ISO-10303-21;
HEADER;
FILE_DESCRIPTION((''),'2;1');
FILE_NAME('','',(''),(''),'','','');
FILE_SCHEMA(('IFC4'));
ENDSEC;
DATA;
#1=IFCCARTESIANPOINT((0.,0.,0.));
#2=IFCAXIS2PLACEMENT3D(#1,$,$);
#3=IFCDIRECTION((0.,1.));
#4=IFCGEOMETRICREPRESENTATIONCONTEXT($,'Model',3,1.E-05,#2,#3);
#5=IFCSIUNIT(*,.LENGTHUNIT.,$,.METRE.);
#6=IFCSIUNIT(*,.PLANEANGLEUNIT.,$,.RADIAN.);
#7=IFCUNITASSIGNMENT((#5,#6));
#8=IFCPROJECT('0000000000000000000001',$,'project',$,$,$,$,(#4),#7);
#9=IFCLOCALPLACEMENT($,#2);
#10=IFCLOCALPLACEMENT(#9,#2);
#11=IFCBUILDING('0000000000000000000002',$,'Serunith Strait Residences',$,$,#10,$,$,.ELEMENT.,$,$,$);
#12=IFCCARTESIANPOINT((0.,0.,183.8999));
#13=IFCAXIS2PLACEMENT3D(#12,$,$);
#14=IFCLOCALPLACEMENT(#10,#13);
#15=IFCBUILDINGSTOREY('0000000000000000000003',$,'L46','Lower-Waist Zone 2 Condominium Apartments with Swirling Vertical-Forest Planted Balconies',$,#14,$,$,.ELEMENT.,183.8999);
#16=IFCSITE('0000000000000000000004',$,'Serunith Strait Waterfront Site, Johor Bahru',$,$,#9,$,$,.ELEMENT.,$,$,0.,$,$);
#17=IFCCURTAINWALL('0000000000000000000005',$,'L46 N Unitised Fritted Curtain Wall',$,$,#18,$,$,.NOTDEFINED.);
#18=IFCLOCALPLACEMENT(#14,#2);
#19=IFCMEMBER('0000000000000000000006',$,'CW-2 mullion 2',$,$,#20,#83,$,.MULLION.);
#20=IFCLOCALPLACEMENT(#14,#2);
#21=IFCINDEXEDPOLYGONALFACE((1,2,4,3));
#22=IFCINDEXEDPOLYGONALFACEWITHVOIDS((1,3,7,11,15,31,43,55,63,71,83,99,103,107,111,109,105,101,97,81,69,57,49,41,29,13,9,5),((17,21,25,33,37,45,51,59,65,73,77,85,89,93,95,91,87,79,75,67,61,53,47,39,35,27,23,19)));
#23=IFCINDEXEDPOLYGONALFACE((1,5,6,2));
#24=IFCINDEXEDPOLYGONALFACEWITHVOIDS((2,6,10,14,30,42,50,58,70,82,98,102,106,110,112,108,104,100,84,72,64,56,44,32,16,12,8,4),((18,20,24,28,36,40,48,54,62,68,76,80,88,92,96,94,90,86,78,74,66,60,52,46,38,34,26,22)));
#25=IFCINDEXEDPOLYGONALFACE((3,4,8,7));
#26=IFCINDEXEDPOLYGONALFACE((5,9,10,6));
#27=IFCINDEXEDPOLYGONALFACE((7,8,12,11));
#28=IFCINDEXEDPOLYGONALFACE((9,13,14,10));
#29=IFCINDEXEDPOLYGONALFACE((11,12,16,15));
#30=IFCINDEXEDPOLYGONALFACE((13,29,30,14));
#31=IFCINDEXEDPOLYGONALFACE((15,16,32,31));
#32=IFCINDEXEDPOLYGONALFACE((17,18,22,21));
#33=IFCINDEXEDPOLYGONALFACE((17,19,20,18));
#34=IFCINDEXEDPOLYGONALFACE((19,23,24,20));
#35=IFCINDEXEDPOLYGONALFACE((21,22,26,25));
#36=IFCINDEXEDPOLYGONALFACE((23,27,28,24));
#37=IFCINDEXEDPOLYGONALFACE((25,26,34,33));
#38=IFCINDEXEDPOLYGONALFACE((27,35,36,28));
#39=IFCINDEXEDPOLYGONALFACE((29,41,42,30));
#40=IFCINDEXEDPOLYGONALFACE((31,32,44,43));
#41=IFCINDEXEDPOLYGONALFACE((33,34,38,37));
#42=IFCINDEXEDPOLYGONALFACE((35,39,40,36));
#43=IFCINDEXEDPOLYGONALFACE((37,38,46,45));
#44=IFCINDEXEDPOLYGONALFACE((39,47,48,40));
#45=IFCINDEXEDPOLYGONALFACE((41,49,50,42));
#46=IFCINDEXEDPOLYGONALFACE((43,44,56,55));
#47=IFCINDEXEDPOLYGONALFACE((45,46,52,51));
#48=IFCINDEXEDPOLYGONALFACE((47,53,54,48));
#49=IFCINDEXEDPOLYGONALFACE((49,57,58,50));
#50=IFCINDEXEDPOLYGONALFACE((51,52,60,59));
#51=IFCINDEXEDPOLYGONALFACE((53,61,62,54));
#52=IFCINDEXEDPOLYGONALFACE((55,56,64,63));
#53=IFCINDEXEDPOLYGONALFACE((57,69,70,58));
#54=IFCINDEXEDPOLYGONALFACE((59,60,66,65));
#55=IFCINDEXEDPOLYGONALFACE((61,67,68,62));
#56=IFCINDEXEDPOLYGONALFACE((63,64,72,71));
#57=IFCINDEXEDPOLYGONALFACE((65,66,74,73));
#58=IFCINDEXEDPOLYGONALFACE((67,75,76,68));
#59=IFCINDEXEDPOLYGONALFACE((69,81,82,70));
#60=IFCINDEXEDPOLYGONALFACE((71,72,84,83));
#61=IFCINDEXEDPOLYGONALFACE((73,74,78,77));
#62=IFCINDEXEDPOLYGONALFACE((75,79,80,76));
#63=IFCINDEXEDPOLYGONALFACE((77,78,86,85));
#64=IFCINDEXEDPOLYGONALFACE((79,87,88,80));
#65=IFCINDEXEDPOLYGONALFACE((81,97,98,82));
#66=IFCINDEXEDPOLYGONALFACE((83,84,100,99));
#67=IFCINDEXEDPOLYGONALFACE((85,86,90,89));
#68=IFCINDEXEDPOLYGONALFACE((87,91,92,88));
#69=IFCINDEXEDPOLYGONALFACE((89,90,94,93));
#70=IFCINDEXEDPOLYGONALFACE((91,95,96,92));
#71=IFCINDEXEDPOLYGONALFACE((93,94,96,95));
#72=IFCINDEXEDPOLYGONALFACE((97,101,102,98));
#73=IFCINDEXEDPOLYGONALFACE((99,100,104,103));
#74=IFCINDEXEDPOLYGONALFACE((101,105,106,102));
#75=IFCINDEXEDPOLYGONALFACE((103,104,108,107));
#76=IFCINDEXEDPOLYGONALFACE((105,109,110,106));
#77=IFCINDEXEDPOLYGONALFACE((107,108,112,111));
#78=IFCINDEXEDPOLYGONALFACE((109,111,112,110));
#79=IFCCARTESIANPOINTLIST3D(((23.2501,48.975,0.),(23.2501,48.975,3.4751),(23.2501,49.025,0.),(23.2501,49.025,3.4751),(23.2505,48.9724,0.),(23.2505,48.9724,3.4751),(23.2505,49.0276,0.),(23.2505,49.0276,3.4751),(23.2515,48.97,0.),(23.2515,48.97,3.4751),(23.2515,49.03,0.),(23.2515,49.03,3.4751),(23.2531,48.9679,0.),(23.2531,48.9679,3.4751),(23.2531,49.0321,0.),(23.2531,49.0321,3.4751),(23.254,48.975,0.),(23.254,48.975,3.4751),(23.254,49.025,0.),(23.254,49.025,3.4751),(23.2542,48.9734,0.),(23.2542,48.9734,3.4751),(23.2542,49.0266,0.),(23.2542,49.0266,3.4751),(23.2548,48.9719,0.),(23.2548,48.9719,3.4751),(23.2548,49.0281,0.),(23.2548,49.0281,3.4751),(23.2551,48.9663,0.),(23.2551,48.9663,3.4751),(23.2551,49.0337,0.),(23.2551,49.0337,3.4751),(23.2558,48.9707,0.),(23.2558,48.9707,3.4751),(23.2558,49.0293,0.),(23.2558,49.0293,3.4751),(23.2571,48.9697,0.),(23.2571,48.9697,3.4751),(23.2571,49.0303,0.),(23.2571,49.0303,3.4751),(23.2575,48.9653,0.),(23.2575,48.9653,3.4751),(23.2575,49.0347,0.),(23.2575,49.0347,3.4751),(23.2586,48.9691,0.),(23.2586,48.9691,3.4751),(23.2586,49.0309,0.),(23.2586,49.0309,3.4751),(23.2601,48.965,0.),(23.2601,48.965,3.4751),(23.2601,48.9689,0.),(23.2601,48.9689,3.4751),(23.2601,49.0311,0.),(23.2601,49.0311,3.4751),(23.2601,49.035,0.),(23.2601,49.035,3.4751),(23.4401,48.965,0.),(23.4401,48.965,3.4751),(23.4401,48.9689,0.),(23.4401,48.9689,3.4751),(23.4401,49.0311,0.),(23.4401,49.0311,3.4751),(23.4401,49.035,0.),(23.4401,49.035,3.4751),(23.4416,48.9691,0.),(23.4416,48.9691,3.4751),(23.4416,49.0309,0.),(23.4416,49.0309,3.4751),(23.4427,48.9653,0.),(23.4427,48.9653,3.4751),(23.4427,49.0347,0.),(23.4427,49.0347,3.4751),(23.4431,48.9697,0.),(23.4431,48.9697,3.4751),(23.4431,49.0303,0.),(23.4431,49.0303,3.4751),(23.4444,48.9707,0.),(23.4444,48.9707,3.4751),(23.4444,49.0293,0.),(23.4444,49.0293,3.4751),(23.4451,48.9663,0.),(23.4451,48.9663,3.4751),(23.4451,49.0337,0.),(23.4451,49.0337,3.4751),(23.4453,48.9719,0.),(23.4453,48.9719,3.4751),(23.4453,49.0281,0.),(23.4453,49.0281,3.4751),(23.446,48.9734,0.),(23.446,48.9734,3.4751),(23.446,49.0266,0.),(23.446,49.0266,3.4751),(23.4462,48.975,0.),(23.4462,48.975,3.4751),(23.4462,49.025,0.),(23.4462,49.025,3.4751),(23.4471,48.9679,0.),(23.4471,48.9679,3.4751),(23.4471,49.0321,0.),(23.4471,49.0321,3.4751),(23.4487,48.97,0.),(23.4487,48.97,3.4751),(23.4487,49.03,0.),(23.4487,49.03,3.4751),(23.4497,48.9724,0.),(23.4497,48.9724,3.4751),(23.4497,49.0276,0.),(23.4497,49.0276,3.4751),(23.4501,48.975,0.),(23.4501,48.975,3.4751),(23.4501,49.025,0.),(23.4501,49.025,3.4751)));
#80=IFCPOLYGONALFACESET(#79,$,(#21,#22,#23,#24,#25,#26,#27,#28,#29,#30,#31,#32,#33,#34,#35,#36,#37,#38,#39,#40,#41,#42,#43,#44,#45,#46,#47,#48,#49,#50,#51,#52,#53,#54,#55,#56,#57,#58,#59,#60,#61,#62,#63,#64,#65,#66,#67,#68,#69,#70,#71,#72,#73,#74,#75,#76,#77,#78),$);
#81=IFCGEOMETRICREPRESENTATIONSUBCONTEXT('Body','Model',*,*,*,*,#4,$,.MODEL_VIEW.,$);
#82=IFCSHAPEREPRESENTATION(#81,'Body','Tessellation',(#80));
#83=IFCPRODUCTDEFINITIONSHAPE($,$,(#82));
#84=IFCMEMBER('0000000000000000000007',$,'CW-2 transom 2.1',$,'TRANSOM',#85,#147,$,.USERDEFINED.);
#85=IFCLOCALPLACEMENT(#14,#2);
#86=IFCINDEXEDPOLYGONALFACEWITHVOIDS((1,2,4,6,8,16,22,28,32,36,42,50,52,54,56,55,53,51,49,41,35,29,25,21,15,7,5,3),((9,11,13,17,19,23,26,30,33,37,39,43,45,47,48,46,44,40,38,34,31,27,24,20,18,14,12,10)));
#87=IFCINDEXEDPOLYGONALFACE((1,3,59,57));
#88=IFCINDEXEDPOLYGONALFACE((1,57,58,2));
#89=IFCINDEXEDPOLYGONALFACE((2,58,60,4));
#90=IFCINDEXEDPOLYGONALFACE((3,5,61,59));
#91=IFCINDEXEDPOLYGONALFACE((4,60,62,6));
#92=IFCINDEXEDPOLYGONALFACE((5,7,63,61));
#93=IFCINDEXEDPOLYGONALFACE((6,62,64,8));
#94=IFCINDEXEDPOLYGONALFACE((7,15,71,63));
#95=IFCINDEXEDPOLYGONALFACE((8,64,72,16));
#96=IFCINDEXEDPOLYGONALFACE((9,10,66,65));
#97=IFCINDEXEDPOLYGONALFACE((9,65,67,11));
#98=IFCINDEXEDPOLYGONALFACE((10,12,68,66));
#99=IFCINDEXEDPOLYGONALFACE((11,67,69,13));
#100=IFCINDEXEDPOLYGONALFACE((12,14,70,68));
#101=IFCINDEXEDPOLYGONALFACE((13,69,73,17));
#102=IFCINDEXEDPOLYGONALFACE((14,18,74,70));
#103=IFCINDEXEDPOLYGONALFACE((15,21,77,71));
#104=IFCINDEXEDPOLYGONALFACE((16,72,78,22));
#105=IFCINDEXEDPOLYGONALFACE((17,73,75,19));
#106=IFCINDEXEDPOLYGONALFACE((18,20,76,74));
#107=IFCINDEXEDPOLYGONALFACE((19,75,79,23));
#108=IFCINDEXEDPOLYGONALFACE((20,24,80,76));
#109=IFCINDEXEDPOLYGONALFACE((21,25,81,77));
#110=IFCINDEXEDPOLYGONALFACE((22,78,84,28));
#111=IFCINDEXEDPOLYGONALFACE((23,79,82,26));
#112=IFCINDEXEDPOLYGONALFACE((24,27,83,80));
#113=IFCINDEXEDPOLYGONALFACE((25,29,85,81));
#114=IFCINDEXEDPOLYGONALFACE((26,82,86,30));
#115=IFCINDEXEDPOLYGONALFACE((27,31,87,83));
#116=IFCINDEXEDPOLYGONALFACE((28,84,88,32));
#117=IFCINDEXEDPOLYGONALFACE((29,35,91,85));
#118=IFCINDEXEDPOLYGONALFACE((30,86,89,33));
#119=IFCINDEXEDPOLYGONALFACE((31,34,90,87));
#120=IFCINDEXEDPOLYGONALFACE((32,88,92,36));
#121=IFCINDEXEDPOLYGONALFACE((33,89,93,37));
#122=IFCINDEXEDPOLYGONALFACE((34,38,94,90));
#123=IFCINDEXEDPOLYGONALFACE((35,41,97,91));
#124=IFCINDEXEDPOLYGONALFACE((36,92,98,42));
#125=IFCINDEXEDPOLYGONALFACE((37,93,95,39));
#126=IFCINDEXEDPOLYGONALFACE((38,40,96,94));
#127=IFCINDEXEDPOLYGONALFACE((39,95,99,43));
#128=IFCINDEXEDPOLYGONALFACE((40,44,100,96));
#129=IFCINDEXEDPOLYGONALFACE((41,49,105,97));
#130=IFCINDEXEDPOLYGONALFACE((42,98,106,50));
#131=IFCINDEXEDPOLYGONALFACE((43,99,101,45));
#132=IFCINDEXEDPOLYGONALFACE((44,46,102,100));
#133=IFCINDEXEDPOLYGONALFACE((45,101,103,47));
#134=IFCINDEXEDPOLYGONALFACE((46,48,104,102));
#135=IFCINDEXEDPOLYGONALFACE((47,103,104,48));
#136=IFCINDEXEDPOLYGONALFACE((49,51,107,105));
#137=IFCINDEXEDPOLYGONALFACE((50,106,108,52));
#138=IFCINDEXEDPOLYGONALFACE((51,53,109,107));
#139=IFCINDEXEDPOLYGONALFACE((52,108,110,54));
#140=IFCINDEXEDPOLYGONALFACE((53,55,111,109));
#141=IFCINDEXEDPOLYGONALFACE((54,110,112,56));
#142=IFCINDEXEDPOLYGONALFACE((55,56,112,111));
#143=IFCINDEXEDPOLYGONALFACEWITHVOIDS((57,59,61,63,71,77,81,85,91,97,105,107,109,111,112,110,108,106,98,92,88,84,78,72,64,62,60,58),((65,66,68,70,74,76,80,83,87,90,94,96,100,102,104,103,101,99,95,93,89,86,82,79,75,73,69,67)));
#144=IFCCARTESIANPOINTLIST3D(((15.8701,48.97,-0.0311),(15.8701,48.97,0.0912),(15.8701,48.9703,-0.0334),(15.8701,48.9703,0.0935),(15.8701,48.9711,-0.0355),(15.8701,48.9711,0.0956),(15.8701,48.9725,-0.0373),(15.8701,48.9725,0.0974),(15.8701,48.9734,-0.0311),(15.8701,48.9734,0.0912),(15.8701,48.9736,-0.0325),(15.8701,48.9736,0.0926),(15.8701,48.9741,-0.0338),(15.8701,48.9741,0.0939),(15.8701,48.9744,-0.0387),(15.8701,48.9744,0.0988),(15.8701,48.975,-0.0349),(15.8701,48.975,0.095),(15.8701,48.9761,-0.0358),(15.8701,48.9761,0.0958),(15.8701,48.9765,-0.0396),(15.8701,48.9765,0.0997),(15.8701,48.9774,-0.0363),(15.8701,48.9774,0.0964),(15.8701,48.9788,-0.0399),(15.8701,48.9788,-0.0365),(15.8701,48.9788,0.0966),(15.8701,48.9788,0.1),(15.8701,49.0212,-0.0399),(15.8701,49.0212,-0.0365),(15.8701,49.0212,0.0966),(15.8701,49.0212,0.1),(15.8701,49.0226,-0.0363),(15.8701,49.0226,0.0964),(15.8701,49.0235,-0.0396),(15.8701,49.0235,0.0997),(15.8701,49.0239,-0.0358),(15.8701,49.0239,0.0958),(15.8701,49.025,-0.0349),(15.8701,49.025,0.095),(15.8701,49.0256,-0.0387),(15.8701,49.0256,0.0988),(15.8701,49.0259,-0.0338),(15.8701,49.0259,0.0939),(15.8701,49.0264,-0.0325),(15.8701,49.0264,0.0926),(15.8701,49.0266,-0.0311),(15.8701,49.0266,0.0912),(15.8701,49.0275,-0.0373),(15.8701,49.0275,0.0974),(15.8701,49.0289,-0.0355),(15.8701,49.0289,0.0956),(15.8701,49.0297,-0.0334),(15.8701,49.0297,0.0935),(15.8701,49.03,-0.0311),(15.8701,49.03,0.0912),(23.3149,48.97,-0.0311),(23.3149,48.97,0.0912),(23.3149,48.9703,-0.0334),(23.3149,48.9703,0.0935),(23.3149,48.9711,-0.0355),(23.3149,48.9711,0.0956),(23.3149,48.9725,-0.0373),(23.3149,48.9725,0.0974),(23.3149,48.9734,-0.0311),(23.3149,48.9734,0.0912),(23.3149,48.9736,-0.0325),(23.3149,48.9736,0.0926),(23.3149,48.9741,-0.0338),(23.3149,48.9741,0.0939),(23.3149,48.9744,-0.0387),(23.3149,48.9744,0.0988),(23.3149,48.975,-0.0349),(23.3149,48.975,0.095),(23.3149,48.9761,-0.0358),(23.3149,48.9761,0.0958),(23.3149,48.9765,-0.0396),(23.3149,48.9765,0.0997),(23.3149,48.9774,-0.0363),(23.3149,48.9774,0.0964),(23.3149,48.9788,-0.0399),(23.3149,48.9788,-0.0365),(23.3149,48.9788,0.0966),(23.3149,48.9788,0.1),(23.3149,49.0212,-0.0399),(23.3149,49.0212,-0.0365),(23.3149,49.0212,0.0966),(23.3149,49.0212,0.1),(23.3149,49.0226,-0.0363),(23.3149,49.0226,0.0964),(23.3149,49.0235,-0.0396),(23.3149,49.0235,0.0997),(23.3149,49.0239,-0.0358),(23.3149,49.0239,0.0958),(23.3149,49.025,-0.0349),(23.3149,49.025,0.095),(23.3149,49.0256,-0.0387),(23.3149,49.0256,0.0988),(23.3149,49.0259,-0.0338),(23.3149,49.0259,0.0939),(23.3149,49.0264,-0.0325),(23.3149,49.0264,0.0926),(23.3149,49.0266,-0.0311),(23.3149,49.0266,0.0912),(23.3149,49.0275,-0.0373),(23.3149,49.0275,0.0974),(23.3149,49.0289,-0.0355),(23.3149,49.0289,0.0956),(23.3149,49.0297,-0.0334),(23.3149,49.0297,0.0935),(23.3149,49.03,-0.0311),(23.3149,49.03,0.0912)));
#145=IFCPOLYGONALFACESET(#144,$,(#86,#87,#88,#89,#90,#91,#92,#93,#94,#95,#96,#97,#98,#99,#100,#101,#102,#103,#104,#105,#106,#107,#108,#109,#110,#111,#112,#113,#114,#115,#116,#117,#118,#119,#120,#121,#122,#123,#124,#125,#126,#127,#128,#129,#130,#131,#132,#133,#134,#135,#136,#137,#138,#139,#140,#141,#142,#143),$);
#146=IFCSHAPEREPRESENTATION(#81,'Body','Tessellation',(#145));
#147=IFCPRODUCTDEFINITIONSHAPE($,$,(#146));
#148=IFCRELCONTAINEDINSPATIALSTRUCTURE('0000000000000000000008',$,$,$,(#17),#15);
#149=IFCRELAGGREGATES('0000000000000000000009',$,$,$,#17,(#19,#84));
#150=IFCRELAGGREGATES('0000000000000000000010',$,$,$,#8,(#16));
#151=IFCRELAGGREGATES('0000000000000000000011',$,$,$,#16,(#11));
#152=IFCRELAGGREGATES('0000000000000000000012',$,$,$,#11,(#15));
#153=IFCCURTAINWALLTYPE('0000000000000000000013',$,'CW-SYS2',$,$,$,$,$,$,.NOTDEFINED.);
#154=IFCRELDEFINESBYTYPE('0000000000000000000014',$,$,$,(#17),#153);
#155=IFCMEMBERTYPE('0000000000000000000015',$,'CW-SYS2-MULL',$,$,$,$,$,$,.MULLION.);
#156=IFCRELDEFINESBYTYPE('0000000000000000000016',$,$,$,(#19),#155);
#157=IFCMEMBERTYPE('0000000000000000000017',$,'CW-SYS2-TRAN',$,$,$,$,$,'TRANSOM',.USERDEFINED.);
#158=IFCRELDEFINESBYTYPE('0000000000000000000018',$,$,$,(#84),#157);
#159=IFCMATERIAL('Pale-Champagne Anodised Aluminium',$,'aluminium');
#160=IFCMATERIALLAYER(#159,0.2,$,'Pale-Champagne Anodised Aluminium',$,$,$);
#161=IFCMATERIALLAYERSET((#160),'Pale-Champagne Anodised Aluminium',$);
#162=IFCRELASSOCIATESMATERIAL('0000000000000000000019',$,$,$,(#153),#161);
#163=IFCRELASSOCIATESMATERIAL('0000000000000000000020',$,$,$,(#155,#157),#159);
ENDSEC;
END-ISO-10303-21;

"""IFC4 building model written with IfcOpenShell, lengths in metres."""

from ifc_helpers import new_model, si_unit, direction, frame, origin, origin_2d, place, context, subcontext, project, spatial, hollow_rectangle, extrude, source, transform, mapped, material, layer, layer_set, material_profile, profile_set, type_object, element, aggregate, save


model = new_model("IFC4")

# Units and contexts
model_context = context("Model", 3, precision=1e-05, world=origin(), true_north=direction((0.0, 1.0)))
body_context = subcontext(model_context, "Body", "Model", "MODEL_VIEW")
ifc_project = project(units=[si_unit("LENGTHUNIT", "METRE"), si_unit("PLANEANGLEUNIT", "RADIAN")], contexts=[model_context])

# Site, building, storey
site_placement = place(None, origin())
site = spatial("IfcSite", under=ifc_project, at=site_placement, Name="Serunith Strait Waterfront Site, Johor Bahru", CompositionType="ELEMENT", RefElevation=0.0)
building_placement = place(site_placement, origin())
building = spatial("IfcBuilding", under=site, at=building_placement, Name="Serunith Strait Residences", CompositionType="ELEMENT")
storey_placement = place(building_placement, frame((0.0, 0.0, 183.8999)))
storey = spatial("IfcBuildingStorey", under=building, at=storey_placement, Name="L46", Description="Lower-Waist Zone 2 Condominium Apartments with Swirling Vertical-Forest Planted Balconies", CompositionType="ELEMENT", Elevation=183.8999)

# Curtain wall, members
ifc_material_1 = material(Name="Pale-Champagne Anodised Aluminium", Category="aluminium")
ifc_layer_1 = layer(ifc_material_1, 0.2, Name="Pale-Champagne Anodised Aluminium")
ifc_layer_set_1 = layer_set([ifc_layer_1], Name="Pale-Champagne Anodised Aluminium")
curtain_wall_type = type_object("IfcCurtainWallType", Name="CW-SYS2", PredefinedType="NOTDEFINED", material=ifc_layer_set_1)
curtain_wall_placement = place(storey_placement, origin())
curtain_wall = element("IfcCurtainWall", 1, at=curtain_wall_placement, inside=storey, type_object=curtain_wall_type, Name="L46 N Unitised Fritted Curtain Wall", PredefinedType="NOTDEFINED")
ifc_material_profile_1 = material_profile(ifc_material_1, hollow_rectangle(XDim=0.0701, YDim=0.2, WallThickness=0.0039, InnerFilletRadius=0.0061, OuterFilletRadius=0.01, at=origin_2d()), Name="ALU 200x70x4")
ifc_profile_set_1 = profile_set([ifc_material_profile_1], Name="Pale-Champagne Anodised Aluminium")
member_type_1 = type_object("IfcMemberType", Name="CW-SYS2-MULL", PredefinedType="MULLION", material=ifc_profile_set_1)
shared_shape_1 = source(origin(), body_context, "Body", "SweptSolid", [
    extrude(hollow_rectangle(XDim=0.0701, YDim=0.2, WallThickness=0.0039, InnerFilletRadius=0.0061, OuterFilletRadius=0.01, at=origin_2d()), origin(), (0.0, 0.0, 1.0), 3.4751),
])
member_1_placement = place(storey_placement, frame((23.3501, 49.0, 0.0), z_axis=(0.0, 0.0, 1.0), x_axis=(0.0, -1.0, 0.0)))
member_1 = element("IfcMember", 2, at=member_1_placement, type_object=member_type_1, Name="CW-2 mullion 2", PredefinedType="MULLION", context=body_context, shape_type="MappedRepresentation", body=[
    mapped(shared_shape_1, transform((0.0, 0.0, 0.0), scale=1.0)),
])
ifc_material_profile_2 = material_profile(ifc_material_1, hollow_rectangle(XDim=0.0601, YDim=0.1399, WallThickness=0.0034, InnerFilletRadius=0.0054, OuterFilletRadius=0.0088, at=origin_2d()), Name="ALU 140x60x3.5")
ifc_profile_set_2 = profile_set([ifc_material_profile_2], Name="Pale-Champagne Anodised Aluminium")
member_type_2 = type_object("IfcMemberType", Name="CW-SYS2-TRAN", ElementType="TRANSOM", PredefinedType="USERDEFINED", material=ifc_profile_set_2)
shared_shape_2 = source(origin(), body_context, "Body", "SweptSolid", [
    extrude(hollow_rectangle(XDim=0.0601, YDim=0.1399, WallThickness=0.0034, InnerFilletRadius=0.0054, OuterFilletRadius=0.0088, at=origin_2d()), origin(), (0.0, 0.0, 1.0), 7.4448),
])
member_2_placement = place(storey_placement, frame((23.3149, 49.0, 0.03), z_axis=(-1.0, 0.0, 0.0), x_axis=(0.0, -1.0, 0.0)))
member_2 = element("IfcMember", 3, at=member_2_placement, type_object=member_type_2, Name="CW-2 transom 2.1", ObjectType="TRANSOM", PredefinedType="USERDEFINED", context=body_context, shape_type="MappedRepresentation", body=[
    mapped(shared_shape_2, transform((0.0, 0.0, 0.0), scale=1.0)),
])
aggregate(curtain_wall, [member_1, member_2])

save(model, "model.ifc")
